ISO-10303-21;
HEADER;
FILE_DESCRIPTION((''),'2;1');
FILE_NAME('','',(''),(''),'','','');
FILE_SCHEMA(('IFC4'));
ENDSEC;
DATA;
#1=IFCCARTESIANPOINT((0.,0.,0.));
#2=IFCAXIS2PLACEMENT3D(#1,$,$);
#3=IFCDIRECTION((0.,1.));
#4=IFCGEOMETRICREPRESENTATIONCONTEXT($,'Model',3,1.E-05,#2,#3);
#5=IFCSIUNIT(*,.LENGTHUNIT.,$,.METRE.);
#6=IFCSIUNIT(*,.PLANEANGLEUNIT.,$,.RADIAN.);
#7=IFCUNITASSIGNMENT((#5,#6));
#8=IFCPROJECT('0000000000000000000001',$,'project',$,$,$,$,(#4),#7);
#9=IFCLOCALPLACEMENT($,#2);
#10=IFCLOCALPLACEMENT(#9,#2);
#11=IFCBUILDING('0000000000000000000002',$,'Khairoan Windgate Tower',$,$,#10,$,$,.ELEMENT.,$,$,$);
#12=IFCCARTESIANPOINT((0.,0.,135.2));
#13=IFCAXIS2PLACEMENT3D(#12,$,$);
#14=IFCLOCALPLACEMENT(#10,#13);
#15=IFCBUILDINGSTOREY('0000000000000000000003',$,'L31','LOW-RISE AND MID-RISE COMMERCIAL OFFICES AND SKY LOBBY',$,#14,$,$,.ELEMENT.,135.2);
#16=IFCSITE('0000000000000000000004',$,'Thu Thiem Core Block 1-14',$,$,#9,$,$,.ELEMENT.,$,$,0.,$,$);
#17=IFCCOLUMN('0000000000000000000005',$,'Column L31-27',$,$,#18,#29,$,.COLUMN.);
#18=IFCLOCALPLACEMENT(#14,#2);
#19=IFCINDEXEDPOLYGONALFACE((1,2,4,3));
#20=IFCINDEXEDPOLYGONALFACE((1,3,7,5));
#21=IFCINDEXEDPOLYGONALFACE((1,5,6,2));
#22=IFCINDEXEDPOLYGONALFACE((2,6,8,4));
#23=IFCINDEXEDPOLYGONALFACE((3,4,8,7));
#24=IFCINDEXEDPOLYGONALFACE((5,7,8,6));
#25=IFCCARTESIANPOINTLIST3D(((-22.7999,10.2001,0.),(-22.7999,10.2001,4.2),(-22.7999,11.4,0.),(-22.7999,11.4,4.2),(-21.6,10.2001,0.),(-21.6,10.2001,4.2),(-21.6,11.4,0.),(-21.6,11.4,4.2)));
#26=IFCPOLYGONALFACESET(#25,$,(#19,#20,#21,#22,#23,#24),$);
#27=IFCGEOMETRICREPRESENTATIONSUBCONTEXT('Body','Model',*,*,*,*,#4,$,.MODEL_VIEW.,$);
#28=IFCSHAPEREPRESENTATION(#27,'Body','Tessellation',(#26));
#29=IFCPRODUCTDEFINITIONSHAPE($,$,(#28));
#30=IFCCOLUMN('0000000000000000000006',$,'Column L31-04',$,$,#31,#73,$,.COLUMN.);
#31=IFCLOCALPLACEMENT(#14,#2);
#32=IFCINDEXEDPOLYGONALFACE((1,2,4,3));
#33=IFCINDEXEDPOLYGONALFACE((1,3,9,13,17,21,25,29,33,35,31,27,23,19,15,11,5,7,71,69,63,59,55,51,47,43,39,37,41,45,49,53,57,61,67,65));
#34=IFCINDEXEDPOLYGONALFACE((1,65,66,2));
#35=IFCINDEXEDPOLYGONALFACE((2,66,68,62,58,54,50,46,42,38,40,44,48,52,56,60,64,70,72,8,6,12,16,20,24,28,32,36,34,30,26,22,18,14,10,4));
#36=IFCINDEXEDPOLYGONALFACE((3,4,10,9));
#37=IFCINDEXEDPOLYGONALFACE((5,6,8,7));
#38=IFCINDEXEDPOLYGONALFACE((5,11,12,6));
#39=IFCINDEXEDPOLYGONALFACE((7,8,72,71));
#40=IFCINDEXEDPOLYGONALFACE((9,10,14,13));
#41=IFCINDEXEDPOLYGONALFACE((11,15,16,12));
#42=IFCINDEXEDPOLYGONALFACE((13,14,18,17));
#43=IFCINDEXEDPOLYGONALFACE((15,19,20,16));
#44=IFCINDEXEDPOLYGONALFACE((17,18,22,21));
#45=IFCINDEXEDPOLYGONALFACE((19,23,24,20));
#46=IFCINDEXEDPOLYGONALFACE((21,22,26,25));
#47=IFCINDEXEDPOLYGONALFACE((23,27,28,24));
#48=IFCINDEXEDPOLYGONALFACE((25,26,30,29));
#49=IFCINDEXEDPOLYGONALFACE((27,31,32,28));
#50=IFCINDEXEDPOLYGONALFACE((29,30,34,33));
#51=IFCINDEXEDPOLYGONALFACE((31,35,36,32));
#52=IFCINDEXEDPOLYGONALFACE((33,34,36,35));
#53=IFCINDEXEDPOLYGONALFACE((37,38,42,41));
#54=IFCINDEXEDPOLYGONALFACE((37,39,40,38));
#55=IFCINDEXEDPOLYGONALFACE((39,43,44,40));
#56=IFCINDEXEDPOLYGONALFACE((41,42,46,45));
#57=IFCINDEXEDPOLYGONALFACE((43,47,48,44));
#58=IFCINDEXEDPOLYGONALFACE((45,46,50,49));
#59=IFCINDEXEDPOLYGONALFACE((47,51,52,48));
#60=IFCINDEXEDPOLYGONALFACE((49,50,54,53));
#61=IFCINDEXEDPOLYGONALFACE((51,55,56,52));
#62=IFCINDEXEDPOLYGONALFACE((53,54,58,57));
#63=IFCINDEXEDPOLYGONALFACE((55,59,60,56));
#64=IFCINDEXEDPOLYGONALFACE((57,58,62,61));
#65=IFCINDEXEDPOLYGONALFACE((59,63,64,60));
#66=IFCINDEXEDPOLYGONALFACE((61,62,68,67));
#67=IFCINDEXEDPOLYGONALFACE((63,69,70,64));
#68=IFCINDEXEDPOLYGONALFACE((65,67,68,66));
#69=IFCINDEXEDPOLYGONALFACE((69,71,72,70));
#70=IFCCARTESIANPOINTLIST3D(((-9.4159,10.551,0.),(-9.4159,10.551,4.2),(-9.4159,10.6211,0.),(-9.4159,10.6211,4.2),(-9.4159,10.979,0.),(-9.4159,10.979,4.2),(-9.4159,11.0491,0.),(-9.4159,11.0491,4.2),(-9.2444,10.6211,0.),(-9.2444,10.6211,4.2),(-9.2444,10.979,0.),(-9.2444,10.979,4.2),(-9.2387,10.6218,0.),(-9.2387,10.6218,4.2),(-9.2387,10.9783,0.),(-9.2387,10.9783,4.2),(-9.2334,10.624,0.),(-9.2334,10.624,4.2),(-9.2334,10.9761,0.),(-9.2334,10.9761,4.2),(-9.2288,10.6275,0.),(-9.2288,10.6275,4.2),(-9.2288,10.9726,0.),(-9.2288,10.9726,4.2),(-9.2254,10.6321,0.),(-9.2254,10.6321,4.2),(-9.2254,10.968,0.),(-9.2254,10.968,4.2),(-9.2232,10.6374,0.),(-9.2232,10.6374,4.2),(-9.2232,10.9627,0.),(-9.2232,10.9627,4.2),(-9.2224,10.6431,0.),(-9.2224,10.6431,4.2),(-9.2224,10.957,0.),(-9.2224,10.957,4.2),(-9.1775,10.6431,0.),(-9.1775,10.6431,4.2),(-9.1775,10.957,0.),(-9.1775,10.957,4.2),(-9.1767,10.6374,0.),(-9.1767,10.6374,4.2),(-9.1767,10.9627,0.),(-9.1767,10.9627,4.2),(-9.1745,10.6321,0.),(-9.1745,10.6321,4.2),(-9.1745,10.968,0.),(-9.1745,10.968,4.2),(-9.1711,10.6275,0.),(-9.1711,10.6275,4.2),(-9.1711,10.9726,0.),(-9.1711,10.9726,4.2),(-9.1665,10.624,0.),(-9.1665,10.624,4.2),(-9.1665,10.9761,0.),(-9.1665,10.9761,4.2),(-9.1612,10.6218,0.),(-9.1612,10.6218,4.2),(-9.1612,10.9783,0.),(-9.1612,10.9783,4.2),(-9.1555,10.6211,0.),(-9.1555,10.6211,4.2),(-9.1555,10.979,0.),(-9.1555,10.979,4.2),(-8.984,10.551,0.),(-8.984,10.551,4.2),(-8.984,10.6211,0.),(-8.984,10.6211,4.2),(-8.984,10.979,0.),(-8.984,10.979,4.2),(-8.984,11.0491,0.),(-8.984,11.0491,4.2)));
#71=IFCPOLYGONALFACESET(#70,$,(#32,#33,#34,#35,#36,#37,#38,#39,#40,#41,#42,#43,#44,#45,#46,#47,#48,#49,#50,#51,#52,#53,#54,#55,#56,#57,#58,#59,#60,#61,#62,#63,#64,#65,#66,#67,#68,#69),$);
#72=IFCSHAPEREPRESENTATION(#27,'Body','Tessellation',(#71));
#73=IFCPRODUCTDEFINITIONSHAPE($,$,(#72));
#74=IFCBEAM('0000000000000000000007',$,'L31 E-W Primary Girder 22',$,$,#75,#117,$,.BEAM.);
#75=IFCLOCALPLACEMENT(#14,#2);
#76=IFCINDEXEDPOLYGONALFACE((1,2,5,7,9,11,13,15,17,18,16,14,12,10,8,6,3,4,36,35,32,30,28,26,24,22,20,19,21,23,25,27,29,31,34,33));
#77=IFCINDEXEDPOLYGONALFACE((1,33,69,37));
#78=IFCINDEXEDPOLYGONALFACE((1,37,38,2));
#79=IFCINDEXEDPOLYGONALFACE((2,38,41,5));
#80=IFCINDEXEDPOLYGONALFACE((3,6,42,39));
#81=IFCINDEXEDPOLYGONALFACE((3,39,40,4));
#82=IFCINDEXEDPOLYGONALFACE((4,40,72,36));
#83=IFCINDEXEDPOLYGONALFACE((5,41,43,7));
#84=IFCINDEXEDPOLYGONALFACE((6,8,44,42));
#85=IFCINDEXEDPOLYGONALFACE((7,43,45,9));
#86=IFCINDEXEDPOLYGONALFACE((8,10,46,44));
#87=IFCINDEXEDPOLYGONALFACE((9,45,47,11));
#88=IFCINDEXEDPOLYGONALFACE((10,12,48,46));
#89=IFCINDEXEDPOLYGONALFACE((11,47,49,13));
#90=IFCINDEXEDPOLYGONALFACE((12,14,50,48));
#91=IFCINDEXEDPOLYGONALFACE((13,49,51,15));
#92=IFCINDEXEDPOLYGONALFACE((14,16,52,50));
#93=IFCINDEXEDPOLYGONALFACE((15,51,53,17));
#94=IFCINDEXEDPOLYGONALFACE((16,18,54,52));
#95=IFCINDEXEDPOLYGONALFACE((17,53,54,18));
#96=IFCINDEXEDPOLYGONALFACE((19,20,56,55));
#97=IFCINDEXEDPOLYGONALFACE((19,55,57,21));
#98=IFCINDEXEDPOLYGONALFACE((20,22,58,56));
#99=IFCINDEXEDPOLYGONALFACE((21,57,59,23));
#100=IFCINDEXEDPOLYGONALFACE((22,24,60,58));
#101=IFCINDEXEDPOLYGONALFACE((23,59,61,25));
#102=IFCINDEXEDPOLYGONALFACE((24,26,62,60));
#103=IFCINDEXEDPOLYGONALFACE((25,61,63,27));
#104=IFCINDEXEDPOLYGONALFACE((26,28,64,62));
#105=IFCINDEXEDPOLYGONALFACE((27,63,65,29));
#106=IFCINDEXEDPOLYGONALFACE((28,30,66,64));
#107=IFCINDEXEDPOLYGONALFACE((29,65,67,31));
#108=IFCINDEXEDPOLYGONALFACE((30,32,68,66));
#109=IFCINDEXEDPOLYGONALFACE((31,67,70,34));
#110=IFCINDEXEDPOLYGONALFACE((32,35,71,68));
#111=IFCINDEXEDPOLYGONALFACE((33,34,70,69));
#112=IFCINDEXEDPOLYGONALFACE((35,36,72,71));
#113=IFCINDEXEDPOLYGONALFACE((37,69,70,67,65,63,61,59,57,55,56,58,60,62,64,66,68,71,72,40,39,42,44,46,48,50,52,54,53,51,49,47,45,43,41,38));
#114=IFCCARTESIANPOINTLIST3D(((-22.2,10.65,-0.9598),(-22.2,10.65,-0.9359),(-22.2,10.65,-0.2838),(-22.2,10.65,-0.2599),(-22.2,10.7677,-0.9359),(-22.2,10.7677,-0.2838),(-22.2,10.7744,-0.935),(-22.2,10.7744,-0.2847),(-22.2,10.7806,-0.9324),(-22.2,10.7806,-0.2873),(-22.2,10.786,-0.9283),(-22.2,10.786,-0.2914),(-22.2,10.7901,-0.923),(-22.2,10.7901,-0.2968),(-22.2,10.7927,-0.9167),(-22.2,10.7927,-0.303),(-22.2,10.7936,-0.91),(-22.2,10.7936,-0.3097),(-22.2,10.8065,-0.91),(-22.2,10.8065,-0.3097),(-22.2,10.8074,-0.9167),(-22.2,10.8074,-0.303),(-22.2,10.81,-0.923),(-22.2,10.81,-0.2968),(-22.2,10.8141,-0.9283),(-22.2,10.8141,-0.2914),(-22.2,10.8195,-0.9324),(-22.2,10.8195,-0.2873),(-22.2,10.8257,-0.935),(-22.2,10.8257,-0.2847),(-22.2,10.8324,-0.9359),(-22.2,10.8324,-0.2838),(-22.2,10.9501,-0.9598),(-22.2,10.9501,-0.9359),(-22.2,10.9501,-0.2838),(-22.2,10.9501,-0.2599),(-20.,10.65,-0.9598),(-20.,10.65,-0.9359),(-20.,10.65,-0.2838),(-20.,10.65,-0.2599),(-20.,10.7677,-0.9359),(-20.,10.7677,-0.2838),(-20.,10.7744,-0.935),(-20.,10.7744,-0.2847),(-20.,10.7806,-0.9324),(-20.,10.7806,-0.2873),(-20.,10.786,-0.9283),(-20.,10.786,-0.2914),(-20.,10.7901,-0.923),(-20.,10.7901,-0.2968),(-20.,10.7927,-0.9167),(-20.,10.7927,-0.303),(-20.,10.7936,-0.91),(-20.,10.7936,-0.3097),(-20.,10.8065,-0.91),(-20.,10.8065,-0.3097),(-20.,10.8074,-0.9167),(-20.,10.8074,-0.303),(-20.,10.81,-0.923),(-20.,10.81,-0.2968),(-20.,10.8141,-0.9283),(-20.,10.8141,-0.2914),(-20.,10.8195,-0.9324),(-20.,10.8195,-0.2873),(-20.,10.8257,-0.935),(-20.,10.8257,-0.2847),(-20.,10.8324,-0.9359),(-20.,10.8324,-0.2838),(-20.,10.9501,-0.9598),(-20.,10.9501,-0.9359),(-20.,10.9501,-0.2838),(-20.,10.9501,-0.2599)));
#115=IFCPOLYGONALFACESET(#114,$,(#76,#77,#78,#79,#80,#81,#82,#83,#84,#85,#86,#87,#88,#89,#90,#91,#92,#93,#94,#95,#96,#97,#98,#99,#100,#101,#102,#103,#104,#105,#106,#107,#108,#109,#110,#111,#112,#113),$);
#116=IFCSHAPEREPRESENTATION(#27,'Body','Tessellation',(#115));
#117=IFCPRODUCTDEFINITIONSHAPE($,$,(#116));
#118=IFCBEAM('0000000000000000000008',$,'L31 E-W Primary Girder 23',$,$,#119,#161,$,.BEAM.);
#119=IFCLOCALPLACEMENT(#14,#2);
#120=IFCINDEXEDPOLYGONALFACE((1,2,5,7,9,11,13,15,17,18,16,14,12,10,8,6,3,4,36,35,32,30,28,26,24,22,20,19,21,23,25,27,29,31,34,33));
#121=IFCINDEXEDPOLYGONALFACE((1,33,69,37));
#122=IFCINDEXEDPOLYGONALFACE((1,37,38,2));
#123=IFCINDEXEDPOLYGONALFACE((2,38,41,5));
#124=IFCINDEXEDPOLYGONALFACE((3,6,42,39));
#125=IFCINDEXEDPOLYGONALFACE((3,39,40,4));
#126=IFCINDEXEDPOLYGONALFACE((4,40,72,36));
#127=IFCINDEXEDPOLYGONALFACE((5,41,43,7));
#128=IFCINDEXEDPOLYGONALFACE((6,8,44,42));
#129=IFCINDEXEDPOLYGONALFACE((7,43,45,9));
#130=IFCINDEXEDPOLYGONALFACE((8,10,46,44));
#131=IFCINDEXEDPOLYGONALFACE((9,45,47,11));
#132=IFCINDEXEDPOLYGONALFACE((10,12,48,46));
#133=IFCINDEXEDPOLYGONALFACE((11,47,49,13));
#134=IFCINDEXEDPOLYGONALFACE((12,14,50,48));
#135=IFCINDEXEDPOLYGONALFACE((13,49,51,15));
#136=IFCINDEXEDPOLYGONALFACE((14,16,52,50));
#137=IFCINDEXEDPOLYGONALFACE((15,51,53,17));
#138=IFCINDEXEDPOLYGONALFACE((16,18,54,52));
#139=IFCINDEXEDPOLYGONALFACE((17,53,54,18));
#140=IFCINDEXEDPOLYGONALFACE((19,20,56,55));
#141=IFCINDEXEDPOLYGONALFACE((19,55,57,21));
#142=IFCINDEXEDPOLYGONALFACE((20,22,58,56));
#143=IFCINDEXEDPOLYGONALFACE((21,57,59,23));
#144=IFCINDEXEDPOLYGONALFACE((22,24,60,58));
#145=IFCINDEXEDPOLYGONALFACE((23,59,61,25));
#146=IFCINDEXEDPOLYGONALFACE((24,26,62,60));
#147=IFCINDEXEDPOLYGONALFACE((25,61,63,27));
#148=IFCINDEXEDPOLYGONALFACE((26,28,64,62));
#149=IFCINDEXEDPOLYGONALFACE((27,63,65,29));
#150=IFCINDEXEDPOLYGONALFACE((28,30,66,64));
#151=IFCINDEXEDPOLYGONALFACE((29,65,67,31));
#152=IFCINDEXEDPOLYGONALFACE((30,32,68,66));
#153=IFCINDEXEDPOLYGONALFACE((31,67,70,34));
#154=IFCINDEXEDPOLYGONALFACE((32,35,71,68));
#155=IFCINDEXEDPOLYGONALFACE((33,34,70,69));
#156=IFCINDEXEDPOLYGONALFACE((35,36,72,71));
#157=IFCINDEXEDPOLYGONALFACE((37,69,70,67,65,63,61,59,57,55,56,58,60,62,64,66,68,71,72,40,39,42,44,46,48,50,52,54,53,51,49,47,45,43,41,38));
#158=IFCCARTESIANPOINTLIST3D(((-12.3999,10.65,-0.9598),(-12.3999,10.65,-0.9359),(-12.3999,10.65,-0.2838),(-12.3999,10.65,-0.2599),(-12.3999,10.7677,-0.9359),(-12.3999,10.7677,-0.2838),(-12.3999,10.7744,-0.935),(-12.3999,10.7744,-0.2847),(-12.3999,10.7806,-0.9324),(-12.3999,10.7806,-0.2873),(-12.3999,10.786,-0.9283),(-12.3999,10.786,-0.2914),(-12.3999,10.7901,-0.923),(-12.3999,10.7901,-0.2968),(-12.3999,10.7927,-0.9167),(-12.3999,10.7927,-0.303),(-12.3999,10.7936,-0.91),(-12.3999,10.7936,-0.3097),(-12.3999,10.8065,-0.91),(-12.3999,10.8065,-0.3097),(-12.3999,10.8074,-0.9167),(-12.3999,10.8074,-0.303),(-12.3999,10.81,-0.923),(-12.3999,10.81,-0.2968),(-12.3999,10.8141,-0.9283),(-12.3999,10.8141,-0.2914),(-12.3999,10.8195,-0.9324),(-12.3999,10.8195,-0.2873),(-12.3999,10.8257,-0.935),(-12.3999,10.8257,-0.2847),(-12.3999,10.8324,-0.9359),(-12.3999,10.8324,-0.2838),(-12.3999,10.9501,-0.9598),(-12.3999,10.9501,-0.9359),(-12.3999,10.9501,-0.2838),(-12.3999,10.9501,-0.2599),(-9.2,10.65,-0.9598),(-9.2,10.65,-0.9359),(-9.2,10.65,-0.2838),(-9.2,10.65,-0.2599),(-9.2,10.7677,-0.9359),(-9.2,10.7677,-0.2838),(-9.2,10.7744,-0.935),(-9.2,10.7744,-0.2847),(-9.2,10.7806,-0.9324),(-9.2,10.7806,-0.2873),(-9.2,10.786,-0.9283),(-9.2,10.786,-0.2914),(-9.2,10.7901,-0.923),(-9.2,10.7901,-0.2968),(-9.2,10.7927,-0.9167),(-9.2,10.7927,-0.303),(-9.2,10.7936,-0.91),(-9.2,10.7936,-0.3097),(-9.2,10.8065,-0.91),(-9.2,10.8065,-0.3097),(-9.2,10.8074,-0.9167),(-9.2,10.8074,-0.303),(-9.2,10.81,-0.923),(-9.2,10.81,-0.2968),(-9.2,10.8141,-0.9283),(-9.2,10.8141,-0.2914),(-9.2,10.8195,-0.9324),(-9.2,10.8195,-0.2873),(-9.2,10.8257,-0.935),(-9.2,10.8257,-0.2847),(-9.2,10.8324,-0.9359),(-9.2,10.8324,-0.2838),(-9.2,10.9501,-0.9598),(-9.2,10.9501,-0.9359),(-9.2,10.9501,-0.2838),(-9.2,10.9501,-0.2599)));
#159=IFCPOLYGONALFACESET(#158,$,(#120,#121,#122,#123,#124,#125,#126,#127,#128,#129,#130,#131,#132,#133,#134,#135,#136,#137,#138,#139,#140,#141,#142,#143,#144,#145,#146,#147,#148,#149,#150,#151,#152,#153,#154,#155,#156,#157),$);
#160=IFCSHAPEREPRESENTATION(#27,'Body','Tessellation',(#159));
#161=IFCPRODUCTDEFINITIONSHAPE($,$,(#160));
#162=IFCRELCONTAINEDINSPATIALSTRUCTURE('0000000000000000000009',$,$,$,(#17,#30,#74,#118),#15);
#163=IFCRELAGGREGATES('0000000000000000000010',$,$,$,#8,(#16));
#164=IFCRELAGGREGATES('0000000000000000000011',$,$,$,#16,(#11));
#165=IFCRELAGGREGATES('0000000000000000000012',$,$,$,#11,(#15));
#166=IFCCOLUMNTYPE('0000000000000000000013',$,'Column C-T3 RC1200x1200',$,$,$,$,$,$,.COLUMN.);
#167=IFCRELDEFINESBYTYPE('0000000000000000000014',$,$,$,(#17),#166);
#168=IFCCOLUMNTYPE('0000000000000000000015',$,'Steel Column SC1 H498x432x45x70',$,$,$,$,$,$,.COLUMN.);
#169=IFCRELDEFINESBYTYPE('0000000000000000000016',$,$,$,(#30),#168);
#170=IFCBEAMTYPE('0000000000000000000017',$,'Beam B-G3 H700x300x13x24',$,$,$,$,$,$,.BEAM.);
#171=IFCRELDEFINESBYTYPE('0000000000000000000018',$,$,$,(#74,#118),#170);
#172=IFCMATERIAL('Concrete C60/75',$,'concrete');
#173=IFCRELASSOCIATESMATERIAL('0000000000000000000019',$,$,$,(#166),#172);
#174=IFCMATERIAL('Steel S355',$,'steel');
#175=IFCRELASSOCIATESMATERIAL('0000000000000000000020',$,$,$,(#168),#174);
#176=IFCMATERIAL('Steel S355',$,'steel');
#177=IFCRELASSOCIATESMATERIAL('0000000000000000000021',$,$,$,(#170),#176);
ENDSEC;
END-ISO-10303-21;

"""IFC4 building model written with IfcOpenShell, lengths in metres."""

from ifc_helpers import new_model, si_unit, direction, frame, origin, origin_2d, place, context, subcontext, project, spatial, rectangle, i_section, extrude, material, material_profile, profile_set, type_object, element, save


model = new_model("IFC4")

# Units and contexts
model_context = context("Model", 3, precision=1e-05, world=origin(), true_north=direction((0.0, 1.0)))
body_context = subcontext(model_context, "Body", "Model", "MODEL_VIEW")
ifc_project = project(units=[si_unit("LENGTHUNIT", "METRE"), si_unit("PLANEANGLEUNIT", "RADIAN")], contexts=[model_context])

# Site, building, storey
site_placement = place(None, origin())
site = spatial("IfcSite", under=ifc_project, at=site_placement, Name="Thu Thiem Core Block 1-14", CompositionType="ELEMENT", RefElevation=0.0)
building_placement = place(site_placement, origin())
building = spatial("IfcBuilding", under=site, at=building_placement, Name="Khairoan Windgate Tower", CompositionType="ELEMENT")
storey_placement = place(building_placement, frame((0.0, 0.0, 135.2)))
storey = spatial("IfcBuildingStorey", under=building, at=storey_placement, Name="L31", Description="LOW-RISE AND MID-RISE COMMERCIAL OFFICES AND SKY LOBBY", CompositionType="ELEMENT", Elevation=135.2)

# Columns
ifc_material_1 = material(Name="Concrete C60/75", Category="concrete")
ifc_material_profile_1 = material_profile(ifc_material_1, rectangle(XDim=1.2, YDim=1.2, at=origin_2d()))
ifc_profile_set_1 = profile_set([ifc_material_profile_1], Name="Concrete C60/75")
column_type_1 = type_object("IfcColumnType", Name="Column C-T3 RC1200x1200", PredefinedType="COLUMN", material=ifc_profile_set_1)
column_1_placement = place(storey_placement, frame((-22.2, 10.8, 0.0), z_axis=(0.0, 0.0, 1.0), x_axis=(1.0, 0.0, 0.0)))
element("IfcColumn", 1, at=column_1_placement, inside=storey, type_object=column_type_1, Name="Column L31-27", PredefinedType="COLUMN", context=body_context, shape_type="SweptSolid", body=[
    extrude(rectangle(XDim=1.2, YDim=1.2, at=origin_2d()), origin(), (0.0, 0.0, 1.0), 4.2),
])
ifc_material_2 = material(Name="Steel S355", Category="steel")
ifc_material_profile_2 = material_profile(ifc_material_2, i_section(OverallWidth=0.4319, OverallDepth=0.498, WebThickness=0.0449, FlangeThickness=0.0701, FilletRadius=0.022, at=origin_2d()))
ifc_profile_set_2 = profile_set([ifc_material_profile_2], Name="Steel S355")
column_type_2 = type_object("IfcColumnType", Name="Steel Column SC1 H498x432x45x70", PredefinedType="COLUMN", material=ifc_profile_set_2)
column_2_placement = place(storey_placement, frame((-9.2, 10.8, 0.0), z_axis=(0.0, 0.0, 1.0), x_axis=(1.0, 0.0, 0.0)))
element("IfcColumn", 2, at=column_2_placement, inside=storey, type_object=column_type_2, Name="Column L31-04", PredefinedType="COLUMN", context=body_context, shape_type="SweptSolid", body=[
    extrude(i_section(OverallWidth=0.4319, OverallDepth=0.498, WebThickness=0.0449, FlangeThickness=0.0701, FilletRadius=0.022, at=origin_2d()), origin(), (0.0, 0.0, 1.0), 4.2),
])

# Beams
ifc_material_3 = material(Name="Steel S355", Category="steel")
ifc_material_profile_3 = material_profile(ifc_material_3, i_section(OverallWidth=0.3, OverallDepth=0.7, WebThickness=0.0129, FlangeThickness=0.0239, FilletRadius=0.0259, at=origin_2d()))
ifc_profile_set_3 = profile_set([ifc_material_profile_3], Name="Steel S355")
beam_type_1 = type_object("IfcBeamType", Name="Beam B-G3 H700x300x13x24", PredefinedType="BEAM", material=ifc_profile_set_3)
beam_1_placement = place(storey_placement, frame((-22.2, 10.8, -0.6099), z_axis=(1.0, 0.0, 0.0), x_axis=(0.0, 1.0, 0.0)))
element("IfcBeam", 3, at=beam_1_placement, inside=storey, type_object=beam_type_1, Name="L31 E-W Primary Girder 22", PredefinedType="BEAM", context=body_context, shape_type="SweptSolid", body=[
    extrude(i_section(OverallWidth=0.3, OverallDepth=0.7, WebThickness=0.0129, FlangeThickness=0.0239, FilletRadius=0.0259, at=origin_2d()), origin(), (0.0, 0.0, 1.0), 2.2),
])
beam_2_placement = place(storey_placement, frame((-12.3999, 10.8, -0.6099), z_axis=(1.0, 0.0, 0.0), x_axis=(0.0, 1.0, 0.0)))
element("IfcBeam", 4, at=beam_2_placement, inside=storey, type_object=beam_type_1, Name="L31 E-W Primary Girder 23", PredefinedType="BEAM", context=body_context, shape_type="SweptSolid", body=[
    extrude(i_section(OverallWidth=0.3, OverallDepth=0.7, WebThickness=0.0129, FlangeThickness=0.0239, FilletRadius=0.0259, at=origin_2d()), origin(), (0.0, 0.0, 1.0), 3.2),
])

save(model, "model.ifc")
